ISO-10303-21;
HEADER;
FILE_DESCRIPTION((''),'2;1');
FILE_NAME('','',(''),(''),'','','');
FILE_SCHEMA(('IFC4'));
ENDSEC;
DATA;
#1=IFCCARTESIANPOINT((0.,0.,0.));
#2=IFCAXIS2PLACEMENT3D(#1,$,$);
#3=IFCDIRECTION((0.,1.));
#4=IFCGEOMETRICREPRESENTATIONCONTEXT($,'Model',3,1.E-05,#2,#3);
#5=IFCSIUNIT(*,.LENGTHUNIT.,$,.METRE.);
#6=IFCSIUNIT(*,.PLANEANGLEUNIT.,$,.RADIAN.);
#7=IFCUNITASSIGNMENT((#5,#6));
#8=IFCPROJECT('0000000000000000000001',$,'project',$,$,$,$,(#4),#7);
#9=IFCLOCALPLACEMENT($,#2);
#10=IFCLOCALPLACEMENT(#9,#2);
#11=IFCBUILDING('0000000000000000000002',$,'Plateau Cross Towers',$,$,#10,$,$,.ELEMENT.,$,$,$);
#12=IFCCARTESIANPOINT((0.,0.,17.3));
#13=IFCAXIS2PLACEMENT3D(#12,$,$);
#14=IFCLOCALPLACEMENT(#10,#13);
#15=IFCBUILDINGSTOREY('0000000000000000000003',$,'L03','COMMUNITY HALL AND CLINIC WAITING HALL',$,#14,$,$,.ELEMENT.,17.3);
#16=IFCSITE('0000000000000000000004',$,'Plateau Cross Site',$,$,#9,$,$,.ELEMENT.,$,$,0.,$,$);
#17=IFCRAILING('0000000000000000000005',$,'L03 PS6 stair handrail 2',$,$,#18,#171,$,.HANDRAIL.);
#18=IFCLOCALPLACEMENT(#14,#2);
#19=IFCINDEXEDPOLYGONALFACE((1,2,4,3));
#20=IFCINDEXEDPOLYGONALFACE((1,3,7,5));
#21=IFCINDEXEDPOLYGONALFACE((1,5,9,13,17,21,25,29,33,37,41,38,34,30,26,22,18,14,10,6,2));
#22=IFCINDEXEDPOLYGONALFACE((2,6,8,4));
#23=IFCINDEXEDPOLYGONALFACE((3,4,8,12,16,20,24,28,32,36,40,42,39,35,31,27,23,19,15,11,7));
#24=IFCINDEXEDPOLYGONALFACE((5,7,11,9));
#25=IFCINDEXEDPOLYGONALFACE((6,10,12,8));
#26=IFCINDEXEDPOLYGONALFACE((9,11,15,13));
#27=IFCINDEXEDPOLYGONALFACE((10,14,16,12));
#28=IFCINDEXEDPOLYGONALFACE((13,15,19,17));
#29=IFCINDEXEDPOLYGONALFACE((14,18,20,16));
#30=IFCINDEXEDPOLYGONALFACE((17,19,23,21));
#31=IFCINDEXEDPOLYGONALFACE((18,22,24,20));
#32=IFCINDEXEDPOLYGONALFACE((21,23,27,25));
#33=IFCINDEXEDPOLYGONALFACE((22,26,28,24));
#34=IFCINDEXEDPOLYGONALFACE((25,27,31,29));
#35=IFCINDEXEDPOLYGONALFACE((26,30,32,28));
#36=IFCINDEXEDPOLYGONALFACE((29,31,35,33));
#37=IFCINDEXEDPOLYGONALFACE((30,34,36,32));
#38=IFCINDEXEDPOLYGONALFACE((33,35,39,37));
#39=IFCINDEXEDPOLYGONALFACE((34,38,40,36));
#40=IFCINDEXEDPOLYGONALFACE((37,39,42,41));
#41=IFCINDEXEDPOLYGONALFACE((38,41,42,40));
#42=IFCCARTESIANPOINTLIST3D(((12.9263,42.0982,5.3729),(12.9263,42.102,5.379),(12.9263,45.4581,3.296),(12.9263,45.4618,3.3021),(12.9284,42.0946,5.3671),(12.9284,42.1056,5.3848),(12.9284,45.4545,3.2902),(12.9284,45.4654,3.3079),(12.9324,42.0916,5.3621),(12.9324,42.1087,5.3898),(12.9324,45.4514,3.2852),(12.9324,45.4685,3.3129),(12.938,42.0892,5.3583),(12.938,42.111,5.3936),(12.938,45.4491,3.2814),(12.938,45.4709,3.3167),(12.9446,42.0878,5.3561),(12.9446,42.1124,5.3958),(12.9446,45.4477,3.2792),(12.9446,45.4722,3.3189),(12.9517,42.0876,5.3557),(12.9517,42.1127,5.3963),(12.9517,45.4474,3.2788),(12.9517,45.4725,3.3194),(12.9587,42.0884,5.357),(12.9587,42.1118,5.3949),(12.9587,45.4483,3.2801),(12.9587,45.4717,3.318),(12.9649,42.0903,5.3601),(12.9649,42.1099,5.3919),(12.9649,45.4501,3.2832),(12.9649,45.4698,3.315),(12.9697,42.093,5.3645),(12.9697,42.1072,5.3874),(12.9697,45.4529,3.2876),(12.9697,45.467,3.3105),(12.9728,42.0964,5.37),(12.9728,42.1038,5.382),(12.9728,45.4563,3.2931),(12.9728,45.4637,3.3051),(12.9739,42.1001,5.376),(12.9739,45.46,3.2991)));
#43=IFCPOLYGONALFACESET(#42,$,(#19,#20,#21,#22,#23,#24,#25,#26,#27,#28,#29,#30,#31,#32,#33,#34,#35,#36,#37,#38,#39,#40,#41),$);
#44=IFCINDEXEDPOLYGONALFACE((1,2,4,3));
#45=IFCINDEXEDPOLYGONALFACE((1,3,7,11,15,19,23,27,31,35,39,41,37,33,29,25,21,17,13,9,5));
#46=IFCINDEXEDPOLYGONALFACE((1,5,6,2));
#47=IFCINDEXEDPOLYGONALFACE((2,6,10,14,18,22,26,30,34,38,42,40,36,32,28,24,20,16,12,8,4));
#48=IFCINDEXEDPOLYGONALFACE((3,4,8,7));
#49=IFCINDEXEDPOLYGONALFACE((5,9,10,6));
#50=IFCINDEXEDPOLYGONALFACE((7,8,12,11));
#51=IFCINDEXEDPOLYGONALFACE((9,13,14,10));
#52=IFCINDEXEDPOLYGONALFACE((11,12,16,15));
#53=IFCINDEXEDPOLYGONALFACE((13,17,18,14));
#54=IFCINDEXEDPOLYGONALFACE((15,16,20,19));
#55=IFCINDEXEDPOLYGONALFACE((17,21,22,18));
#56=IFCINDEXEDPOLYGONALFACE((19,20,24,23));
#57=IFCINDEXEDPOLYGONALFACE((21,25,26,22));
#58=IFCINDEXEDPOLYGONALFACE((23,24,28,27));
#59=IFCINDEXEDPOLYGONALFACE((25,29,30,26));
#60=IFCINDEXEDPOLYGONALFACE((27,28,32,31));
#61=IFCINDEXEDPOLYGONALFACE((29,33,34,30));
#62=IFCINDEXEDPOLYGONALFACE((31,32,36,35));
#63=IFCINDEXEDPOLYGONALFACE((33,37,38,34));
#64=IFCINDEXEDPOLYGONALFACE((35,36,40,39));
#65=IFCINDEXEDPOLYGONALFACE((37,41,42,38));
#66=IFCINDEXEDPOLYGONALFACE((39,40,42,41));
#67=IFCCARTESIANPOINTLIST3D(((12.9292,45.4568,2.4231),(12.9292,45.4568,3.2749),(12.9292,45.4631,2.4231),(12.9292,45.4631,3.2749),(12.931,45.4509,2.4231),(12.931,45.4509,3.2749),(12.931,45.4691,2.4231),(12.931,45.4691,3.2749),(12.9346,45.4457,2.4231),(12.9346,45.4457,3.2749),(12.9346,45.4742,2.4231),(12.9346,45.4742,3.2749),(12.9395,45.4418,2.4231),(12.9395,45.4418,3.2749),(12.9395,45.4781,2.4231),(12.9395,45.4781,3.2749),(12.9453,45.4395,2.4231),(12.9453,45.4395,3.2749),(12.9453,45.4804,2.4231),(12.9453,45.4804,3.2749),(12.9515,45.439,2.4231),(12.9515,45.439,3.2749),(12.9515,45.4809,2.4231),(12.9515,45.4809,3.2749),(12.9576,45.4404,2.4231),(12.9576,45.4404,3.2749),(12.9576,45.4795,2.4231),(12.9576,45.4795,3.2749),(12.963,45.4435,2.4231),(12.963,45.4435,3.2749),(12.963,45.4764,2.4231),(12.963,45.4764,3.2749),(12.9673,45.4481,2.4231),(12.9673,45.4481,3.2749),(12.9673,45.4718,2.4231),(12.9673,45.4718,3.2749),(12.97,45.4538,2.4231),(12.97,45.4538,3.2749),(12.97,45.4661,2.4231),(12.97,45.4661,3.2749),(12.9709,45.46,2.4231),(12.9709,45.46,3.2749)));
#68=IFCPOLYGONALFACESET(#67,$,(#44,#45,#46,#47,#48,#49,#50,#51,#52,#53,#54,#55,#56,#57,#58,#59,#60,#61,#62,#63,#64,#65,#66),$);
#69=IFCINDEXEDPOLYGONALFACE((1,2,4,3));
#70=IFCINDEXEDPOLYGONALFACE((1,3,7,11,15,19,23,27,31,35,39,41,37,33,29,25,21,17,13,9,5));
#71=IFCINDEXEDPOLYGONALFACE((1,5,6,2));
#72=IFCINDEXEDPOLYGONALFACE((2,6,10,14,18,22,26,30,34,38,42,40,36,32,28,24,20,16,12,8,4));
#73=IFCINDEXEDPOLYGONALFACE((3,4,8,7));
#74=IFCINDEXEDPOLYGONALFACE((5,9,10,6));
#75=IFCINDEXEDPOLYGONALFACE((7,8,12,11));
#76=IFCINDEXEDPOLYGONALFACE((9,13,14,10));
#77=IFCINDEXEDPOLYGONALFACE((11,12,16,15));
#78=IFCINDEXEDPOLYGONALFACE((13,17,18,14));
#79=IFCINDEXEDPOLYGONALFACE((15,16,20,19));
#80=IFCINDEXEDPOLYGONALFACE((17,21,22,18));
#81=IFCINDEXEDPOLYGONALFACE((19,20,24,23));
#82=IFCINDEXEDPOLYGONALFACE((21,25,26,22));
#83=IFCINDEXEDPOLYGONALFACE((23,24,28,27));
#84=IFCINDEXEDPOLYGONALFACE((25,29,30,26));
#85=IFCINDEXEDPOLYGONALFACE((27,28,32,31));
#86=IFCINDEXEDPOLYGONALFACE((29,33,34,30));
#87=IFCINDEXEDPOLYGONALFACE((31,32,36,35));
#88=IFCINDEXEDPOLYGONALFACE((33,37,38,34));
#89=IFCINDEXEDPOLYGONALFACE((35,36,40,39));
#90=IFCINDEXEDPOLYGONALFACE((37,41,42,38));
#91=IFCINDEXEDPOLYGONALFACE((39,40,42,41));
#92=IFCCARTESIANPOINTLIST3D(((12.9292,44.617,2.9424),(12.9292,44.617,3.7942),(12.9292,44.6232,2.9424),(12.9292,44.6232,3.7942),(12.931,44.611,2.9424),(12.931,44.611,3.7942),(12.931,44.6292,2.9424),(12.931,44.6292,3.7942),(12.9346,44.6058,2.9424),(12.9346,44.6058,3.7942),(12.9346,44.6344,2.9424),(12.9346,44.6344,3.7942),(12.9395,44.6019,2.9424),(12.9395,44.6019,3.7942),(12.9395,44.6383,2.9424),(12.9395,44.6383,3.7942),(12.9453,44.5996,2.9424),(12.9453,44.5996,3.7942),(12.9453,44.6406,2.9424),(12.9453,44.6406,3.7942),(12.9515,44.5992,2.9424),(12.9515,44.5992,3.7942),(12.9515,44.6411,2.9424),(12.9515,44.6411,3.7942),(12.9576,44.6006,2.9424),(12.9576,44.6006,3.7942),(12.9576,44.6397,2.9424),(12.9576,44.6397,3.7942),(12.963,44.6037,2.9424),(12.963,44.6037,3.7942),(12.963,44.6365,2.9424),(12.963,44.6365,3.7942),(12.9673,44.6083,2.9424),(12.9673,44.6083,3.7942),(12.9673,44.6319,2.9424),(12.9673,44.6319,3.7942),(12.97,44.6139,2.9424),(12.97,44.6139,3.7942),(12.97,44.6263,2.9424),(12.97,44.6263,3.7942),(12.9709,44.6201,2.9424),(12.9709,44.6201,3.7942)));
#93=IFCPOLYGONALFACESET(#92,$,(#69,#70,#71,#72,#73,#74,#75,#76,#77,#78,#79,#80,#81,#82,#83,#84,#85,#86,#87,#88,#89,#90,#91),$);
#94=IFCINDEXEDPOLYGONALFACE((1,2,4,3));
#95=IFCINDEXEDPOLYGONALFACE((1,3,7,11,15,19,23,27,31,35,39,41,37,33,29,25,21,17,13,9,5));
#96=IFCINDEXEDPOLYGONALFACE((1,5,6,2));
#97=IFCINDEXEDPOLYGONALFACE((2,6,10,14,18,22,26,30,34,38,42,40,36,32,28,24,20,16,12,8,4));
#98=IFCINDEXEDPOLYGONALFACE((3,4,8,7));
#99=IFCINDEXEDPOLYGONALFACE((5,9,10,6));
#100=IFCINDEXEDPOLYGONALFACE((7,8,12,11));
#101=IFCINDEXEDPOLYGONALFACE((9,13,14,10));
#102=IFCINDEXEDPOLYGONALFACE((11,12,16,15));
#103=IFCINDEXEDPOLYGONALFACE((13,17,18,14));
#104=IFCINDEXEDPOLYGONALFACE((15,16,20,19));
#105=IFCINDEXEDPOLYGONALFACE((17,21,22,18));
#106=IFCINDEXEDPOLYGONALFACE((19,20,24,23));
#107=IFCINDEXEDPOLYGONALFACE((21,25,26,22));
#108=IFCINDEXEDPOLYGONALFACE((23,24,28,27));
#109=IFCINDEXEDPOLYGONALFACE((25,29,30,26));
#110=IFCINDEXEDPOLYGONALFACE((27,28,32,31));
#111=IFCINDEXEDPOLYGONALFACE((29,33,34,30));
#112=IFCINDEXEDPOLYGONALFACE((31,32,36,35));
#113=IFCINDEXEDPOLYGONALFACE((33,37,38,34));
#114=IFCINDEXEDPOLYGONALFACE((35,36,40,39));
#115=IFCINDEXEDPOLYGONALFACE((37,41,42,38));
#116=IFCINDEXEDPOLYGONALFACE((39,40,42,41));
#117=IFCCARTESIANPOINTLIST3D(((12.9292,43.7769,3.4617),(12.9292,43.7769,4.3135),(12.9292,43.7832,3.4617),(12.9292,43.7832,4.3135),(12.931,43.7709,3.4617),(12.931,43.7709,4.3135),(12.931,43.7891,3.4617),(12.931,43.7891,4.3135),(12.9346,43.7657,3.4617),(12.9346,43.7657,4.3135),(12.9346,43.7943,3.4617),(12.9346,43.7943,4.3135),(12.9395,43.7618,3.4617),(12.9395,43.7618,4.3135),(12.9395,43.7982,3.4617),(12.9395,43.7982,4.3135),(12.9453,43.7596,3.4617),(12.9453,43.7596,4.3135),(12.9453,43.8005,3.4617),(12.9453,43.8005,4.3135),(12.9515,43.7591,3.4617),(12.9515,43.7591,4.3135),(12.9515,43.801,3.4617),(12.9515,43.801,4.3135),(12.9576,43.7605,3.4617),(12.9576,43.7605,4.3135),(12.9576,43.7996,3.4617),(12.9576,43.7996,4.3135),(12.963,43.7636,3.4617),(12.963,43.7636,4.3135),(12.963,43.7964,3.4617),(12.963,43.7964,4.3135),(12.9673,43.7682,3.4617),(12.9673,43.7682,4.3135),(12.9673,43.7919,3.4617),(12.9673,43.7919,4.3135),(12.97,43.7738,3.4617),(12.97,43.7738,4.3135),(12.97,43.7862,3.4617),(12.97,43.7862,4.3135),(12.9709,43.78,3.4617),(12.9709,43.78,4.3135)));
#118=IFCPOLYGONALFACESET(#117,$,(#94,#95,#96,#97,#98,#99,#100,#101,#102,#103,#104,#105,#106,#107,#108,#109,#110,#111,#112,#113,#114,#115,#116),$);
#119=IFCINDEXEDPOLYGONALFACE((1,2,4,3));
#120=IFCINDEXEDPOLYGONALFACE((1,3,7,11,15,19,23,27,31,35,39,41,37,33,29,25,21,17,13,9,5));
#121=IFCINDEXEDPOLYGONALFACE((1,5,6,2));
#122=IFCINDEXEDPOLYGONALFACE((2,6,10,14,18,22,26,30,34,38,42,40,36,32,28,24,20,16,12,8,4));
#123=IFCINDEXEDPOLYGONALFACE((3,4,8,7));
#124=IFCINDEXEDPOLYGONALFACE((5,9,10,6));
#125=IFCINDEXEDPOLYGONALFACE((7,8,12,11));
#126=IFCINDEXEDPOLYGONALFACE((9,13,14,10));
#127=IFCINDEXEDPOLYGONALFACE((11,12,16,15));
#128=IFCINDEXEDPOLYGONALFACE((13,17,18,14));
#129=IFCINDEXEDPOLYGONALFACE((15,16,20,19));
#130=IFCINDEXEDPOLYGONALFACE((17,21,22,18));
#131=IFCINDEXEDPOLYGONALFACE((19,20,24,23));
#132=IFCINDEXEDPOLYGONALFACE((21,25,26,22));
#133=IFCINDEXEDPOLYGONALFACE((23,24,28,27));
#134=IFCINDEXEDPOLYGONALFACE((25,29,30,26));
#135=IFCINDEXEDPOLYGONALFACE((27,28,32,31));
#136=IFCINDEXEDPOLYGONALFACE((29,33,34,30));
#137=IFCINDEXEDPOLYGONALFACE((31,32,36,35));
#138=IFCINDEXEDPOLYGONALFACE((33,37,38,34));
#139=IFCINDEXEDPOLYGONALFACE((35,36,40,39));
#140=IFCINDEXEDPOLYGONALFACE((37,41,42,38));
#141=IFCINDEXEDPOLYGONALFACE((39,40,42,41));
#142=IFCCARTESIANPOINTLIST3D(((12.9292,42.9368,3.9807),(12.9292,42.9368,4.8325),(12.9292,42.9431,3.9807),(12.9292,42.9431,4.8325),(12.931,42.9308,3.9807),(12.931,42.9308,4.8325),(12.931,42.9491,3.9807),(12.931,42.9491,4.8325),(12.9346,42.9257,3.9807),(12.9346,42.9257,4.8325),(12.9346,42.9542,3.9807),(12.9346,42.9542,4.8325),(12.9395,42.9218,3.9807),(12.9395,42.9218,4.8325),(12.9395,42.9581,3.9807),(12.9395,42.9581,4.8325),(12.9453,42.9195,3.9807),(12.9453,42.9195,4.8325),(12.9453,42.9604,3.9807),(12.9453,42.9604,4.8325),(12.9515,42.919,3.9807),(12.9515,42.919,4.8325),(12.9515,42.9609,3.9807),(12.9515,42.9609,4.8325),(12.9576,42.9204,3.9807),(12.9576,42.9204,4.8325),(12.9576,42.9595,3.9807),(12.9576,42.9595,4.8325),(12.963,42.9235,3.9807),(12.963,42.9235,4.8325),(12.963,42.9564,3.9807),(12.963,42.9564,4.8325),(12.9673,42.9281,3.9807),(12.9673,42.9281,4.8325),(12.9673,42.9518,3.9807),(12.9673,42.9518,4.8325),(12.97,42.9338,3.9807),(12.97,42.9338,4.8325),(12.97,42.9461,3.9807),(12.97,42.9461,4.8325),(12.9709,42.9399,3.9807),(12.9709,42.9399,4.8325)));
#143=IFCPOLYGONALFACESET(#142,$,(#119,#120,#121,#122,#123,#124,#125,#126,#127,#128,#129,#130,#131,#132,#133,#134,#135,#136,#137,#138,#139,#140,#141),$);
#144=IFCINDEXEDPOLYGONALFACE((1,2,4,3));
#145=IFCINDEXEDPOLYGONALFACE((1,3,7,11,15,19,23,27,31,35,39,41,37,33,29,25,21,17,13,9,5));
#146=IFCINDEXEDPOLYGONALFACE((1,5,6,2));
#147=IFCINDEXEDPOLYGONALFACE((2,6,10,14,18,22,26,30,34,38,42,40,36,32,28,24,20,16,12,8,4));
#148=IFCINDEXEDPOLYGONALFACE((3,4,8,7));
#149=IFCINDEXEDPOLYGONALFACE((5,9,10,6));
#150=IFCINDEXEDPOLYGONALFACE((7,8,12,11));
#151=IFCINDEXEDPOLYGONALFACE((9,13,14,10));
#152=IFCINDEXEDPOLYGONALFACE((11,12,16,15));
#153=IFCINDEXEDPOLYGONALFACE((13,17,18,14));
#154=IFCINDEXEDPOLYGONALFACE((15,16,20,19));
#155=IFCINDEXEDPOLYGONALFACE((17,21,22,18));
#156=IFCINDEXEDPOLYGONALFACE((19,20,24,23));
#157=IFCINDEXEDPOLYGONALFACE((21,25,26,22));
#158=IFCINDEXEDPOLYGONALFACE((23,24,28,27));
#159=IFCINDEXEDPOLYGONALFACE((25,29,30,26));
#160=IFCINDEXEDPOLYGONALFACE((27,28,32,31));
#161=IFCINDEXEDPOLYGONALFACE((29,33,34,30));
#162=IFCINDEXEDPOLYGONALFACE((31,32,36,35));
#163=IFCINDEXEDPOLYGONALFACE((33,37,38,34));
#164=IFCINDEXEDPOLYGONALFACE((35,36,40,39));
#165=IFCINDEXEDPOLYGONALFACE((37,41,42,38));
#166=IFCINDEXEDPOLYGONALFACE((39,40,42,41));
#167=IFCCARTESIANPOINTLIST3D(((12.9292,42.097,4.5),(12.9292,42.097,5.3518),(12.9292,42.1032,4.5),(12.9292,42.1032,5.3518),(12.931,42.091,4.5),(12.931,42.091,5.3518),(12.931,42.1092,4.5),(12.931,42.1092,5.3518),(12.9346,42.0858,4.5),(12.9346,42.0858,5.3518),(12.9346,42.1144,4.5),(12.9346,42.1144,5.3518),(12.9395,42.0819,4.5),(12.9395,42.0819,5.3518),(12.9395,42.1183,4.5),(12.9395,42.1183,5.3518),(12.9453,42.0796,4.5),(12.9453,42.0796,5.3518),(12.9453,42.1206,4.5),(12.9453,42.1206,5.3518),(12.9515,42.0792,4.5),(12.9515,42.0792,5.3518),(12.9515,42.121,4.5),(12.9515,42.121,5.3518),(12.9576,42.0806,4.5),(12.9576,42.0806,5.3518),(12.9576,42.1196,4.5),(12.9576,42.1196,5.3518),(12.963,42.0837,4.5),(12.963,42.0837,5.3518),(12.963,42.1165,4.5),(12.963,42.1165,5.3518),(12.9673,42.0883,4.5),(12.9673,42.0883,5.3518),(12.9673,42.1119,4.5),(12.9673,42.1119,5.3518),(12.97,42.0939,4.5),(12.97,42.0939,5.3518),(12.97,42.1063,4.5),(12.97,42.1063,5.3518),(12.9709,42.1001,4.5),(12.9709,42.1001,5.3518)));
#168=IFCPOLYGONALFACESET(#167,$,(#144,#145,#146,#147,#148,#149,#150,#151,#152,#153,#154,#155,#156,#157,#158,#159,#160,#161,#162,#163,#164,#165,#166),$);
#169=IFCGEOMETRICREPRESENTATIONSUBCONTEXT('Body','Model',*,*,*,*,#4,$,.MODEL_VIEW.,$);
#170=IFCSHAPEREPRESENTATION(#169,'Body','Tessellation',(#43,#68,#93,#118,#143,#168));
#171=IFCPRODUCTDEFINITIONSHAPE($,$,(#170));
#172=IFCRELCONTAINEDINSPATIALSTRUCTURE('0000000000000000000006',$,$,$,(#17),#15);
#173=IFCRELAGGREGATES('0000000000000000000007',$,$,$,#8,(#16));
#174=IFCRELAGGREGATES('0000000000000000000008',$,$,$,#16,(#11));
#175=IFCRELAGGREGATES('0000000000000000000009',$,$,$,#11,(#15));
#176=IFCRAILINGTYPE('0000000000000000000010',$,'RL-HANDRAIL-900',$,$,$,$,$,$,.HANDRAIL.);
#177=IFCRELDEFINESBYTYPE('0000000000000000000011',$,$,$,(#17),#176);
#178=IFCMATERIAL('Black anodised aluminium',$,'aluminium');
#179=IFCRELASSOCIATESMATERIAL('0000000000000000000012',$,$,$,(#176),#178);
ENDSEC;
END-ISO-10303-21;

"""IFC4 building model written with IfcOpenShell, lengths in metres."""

from ifc_helpers import new_model, si_unit, direction, frame, origin, origin_2d, place, context, subcontext, project, spatial, circle, extrude, material, type_object, element, save


model = new_model("IFC4")

# Units and contexts
model_context = context("Model", 3, precision=1e-05, world=origin(), true_north=direction((0.0, 1.0)))
body_context = subcontext(model_context, "Body", "Model", "MODEL_VIEW")
ifc_project = project(units=[si_unit("LENGTHUNIT", "METRE"), si_unit("PLANEANGLEUNIT", "RADIAN")], contexts=[model_context])

# Site, building, storey
site_placement = place(None, origin())
site = spatial("IfcSite", under=ifc_project, at=site_placement, Name="Plateau Cross Site", CompositionType="ELEMENT", RefElevation=0.0)
building_placement = place(site_placement, origin())
building = spatial("IfcBuilding", under=site, at=building_placement, Name="Plateau Cross Towers", CompositionType="ELEMENT")
storey_placement = place(building_placement, frame((0.0, 0.0, 17.3)))
storey = spatial("IfcBuildingStorey", under=building, at=storey_placement, Name="L03", Description="COMMUNITY HALL AND CLINIC WAITING HALL", CompositionType="ELEMENT", Elevation=17.3)

# Shared definitions
ifc_material_1 = material(Name="Black anodised aluminium", Category="aluminium")

# Railing
railing_type_1 = type_object("IfcRailingType", Name="RL-HANDRAIL-900", PredefinedType="HANDRAIL", material=ifc_material_1)
railing_1_placement = place(storey_placement, frame((12.95, 45.46, 2.4231)))
element("IfcRailing", 1, at=railing_1_placement, inside=storey, type_object=railing_type_1, Name="L03 PS6 stair handrail 2", PredefinedType="HANDRAIL", context=body_context, shape_type="SweptSolid", body=[
    extrude(circle(Radius=0.0239, at=origin_2d()), frame((0.0, 0.0, 0.876), z_axis=(0.0, -0.850606, 0.525803), x_axis=(1.0, 0.0, 0.0)), (0.0, 0.0, 1.0), 3.95),
    extrude(circle(Radius=0.021, at=origin_2d()), origin(), (0.0, 0.0, 1.0), 0.8518),
    extrude(circle(Radius=0.021, at=origin_2d()), frame((0.0, -0.8398, 0.5193)), (0.0, 0.0, 1.0), 0.8518),
    extrude(circle(Radius=0.021, at=origin_2d()), frame((0.0, -1.6799, 1.0386)), (0.0, 0.0, 1.0), 0.8518),
    extrude(circle(Radius=0.021, at=origin_2d()), frame((0.0, -2.52, 1.5576)), (0.0, 0.0, 1.0), 0.8518),
    extrude(circle(Radius=0.021, at=origin_2d()), frame((0.0, -3.3599, 2.0769)), (0.0, 0.0, 1.0), 0.8518),
])

save(model, "model.ifc")
